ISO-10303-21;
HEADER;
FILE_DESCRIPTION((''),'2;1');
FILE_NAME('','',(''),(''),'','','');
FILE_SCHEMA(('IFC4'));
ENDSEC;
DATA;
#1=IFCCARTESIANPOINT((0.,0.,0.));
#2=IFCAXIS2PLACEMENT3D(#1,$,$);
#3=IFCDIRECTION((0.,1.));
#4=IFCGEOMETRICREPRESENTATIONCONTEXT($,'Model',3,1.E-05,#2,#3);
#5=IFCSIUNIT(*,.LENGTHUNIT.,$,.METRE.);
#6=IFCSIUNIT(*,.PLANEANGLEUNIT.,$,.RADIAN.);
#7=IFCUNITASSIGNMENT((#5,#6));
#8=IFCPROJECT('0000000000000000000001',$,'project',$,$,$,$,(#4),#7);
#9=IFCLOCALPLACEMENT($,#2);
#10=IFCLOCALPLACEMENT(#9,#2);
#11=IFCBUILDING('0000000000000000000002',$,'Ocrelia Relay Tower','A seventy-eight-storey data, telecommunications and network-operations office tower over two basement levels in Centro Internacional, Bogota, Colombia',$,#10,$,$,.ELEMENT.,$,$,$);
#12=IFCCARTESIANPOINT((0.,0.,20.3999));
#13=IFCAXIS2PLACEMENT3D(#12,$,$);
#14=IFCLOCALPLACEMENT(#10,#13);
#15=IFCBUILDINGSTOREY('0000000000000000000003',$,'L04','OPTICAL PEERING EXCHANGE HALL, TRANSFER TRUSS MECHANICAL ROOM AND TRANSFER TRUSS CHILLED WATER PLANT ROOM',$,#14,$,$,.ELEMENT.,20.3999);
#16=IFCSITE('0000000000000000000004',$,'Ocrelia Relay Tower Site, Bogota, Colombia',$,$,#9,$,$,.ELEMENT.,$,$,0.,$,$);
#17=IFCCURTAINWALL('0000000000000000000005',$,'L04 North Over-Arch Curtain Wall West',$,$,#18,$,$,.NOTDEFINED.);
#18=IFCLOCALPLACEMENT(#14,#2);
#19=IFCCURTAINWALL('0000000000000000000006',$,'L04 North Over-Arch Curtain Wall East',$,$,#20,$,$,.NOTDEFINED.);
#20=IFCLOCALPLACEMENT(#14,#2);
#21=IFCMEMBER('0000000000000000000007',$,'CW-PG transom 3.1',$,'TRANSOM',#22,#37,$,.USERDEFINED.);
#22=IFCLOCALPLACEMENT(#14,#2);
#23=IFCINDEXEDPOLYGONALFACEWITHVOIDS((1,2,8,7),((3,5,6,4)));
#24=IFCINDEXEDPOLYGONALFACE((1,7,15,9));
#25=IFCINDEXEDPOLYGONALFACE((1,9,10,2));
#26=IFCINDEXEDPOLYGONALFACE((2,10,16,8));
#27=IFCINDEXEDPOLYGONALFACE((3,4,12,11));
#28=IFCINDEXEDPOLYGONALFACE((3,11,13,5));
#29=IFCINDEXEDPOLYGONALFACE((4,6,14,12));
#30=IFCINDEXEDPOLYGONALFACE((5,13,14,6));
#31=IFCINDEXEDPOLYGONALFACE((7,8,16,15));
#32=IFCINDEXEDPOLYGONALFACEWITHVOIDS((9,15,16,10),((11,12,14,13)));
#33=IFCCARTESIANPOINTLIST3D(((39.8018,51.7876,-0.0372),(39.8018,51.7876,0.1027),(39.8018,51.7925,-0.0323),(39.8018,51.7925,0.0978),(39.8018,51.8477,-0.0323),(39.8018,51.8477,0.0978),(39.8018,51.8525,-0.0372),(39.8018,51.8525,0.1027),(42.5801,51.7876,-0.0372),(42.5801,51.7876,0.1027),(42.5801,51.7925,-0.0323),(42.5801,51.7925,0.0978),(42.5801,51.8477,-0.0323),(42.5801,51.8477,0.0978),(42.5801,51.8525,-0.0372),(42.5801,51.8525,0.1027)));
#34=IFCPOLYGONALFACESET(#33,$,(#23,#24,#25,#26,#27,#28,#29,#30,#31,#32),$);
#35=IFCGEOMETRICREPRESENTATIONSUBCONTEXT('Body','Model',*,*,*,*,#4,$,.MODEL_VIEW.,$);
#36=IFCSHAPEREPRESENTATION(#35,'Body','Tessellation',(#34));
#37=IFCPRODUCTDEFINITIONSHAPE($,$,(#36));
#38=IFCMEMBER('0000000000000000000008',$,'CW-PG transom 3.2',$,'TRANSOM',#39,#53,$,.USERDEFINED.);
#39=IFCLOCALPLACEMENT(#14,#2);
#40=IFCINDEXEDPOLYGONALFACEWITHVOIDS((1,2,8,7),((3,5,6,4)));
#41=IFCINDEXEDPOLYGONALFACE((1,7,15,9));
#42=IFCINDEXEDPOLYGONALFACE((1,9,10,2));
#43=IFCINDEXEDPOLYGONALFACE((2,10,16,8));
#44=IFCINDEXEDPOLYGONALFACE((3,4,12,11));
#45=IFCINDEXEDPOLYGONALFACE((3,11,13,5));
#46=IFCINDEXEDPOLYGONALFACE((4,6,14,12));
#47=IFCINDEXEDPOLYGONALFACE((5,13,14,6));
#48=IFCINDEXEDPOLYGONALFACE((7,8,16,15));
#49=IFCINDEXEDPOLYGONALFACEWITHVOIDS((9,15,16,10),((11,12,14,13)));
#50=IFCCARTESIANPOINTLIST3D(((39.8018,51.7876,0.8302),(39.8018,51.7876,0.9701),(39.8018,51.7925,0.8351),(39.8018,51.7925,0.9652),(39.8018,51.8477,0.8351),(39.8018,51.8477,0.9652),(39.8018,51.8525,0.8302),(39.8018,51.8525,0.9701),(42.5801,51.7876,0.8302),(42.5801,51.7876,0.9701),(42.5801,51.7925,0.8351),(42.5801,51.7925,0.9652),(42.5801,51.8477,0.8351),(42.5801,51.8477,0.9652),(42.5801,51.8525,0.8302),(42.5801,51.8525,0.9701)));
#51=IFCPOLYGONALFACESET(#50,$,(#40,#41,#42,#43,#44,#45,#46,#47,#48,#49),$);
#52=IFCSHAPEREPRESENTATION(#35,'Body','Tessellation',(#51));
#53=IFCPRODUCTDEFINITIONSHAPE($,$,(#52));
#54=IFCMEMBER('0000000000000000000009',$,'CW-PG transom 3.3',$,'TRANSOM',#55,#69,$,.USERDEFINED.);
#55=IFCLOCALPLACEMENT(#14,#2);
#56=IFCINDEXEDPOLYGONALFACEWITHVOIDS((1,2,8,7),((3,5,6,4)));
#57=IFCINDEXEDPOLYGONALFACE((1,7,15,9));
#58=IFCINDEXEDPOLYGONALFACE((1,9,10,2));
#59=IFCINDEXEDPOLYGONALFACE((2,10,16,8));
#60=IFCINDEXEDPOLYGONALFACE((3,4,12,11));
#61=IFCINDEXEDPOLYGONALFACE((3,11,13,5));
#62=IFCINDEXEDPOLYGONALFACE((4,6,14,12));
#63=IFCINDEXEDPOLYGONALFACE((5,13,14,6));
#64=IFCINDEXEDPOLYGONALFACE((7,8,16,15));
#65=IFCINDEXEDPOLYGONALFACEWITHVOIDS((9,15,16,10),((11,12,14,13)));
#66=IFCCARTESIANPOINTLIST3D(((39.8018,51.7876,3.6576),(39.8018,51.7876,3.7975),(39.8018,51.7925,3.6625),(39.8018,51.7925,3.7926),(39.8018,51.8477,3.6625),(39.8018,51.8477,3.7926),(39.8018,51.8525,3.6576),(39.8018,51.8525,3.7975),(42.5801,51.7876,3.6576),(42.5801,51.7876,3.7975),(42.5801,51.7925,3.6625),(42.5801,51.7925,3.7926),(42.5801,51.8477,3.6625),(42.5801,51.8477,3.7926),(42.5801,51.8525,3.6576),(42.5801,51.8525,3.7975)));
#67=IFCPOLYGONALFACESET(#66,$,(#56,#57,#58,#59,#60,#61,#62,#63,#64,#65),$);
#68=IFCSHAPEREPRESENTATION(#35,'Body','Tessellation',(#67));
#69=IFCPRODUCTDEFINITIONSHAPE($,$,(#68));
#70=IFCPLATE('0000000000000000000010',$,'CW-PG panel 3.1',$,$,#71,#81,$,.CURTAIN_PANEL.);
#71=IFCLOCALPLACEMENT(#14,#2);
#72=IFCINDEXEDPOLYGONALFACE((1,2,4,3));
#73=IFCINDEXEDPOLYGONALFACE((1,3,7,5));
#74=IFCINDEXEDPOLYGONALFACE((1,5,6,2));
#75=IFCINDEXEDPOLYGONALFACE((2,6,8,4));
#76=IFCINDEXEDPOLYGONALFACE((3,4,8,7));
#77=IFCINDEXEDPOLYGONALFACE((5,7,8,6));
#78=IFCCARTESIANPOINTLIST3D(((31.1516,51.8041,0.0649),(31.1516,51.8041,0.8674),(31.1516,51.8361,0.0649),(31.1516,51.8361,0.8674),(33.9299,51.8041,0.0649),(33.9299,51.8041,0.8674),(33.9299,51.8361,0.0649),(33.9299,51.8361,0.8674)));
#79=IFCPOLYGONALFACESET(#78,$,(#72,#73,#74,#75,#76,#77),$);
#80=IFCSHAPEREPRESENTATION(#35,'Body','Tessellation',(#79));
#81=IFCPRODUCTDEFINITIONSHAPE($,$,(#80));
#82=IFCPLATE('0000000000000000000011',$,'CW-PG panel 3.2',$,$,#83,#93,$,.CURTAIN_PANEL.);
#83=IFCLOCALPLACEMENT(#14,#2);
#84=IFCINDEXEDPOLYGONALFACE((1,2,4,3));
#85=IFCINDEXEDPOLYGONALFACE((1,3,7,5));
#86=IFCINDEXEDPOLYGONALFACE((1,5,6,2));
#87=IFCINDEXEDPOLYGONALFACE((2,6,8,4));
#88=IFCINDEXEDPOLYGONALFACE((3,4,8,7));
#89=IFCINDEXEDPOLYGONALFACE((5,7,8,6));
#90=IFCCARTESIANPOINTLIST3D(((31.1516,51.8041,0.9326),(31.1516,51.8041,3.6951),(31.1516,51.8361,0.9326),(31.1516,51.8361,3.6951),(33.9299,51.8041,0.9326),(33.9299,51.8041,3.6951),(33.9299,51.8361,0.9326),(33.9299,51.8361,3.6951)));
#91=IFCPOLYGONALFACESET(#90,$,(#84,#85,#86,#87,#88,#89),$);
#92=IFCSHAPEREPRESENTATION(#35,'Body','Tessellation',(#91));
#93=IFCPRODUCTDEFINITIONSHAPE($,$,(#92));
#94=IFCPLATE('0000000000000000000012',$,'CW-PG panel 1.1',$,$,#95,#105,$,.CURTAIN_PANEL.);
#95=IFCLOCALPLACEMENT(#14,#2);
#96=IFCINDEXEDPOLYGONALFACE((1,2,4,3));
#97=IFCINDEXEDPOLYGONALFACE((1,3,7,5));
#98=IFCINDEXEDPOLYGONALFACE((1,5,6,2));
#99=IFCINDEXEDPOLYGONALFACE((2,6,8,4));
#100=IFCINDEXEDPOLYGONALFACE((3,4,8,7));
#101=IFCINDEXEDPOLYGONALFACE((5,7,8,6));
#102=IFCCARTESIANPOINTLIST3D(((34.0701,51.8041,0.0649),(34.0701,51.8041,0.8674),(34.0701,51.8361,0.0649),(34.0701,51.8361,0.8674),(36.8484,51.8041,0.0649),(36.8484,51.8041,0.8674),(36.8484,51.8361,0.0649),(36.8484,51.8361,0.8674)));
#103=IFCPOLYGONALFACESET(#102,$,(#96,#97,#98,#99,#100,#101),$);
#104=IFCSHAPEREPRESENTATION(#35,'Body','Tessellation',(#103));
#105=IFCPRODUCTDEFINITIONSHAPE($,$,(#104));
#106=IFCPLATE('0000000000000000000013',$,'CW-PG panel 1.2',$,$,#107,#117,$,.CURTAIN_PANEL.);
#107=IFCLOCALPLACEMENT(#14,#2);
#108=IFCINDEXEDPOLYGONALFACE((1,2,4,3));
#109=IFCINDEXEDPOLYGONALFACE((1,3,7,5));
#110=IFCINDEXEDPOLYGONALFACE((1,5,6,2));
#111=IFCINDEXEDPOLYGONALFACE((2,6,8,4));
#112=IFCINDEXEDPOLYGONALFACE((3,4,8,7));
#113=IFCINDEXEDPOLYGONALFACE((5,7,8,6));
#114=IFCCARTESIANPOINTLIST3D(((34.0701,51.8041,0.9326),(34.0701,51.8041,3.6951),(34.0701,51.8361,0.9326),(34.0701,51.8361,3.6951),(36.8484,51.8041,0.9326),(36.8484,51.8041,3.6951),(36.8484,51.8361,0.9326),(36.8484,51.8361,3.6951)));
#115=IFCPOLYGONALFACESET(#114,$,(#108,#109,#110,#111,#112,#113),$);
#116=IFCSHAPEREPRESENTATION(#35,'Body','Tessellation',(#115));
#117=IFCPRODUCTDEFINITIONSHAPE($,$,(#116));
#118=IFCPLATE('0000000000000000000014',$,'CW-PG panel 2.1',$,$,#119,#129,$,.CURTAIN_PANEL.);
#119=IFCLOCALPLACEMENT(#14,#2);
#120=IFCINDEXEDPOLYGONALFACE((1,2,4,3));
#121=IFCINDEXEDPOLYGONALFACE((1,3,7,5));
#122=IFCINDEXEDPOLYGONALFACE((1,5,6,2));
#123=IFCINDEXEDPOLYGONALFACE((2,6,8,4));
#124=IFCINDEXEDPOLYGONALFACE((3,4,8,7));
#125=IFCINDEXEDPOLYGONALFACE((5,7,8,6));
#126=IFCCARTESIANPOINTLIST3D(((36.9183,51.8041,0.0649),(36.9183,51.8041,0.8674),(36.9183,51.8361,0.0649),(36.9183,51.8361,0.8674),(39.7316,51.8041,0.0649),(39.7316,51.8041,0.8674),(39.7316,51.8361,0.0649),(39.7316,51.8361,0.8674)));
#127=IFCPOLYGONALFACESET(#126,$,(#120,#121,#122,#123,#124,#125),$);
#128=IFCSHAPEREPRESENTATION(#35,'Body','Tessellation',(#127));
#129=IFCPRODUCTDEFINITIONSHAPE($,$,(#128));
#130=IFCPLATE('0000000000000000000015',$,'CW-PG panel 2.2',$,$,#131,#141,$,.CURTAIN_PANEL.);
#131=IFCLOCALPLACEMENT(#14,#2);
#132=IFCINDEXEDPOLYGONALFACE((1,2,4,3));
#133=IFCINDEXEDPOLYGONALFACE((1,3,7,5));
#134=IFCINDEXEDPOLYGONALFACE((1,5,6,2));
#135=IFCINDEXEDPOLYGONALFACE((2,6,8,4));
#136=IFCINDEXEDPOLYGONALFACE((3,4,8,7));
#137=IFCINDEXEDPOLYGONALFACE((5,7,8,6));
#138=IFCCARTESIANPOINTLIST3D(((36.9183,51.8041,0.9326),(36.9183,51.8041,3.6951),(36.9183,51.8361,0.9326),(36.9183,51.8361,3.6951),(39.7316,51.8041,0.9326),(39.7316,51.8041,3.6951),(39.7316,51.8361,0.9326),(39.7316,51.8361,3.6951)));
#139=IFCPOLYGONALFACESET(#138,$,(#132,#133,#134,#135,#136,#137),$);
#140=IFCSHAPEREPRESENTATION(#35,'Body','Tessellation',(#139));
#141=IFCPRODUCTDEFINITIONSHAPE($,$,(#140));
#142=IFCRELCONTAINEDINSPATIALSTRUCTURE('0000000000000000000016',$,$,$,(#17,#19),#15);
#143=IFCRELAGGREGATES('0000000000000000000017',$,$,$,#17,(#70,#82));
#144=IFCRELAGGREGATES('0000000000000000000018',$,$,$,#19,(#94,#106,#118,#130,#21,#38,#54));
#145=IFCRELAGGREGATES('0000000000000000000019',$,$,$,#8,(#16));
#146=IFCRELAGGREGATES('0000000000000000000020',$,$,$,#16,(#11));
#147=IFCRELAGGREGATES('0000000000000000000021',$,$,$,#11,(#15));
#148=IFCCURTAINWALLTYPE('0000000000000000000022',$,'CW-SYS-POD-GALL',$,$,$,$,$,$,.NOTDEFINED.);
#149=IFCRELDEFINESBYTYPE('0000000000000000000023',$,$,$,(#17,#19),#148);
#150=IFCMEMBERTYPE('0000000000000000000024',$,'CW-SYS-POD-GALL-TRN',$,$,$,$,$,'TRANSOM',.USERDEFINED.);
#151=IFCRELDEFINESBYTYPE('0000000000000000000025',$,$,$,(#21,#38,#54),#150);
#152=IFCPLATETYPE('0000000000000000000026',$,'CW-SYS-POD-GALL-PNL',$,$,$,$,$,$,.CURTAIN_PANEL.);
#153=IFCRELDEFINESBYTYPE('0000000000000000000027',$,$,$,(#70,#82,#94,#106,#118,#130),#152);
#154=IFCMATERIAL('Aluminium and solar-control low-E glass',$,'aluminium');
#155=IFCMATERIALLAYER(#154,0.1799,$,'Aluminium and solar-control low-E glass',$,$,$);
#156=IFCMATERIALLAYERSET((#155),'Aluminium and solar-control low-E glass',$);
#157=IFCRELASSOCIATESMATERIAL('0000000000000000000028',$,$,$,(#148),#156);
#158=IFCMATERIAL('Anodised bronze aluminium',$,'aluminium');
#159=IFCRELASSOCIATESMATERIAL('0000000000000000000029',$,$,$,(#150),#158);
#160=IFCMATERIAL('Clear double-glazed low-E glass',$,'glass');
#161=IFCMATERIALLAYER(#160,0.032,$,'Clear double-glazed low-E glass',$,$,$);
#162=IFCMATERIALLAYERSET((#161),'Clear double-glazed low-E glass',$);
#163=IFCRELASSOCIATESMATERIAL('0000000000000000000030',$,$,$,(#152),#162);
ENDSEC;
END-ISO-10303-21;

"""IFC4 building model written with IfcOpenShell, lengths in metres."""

from ifc_helpers import new_model, si_unit, direction, frame, origin, origin_2d, place, context, subcontext, project, spatial, rectangle, hollow_rectangle, extrude, material, layer, layer_set, material_profile, profile_set, type_object, element, aggregate, save


model = new_model("IFC4")

# Units and contexts
model_context = context("Model", 3, precision=1e-05, world=origin(), true_north=direction((0.0, 1.0)))
body_context = subcontext(model_context, "Body", "Model", "MODEL_VIEW")
ifc_project = project(units=[si_unit("LENGTHUNIT", "METRE"), si_unit("PLANEANGLEUNIT", "RADIAN")], contexts=[model_context])

# Site, building, storey
site_placement = place(None, origin())
site = spatial("IfcSite", under=ifc_project, at=site_placement, Name="Ocrelia Relay Tower Site, Bogota, Colombia", CompositionType="ELEMENT", RefElevation=0.0)
building_placement = place(site_placement, origin())
building = spatial("IfcBuilding", under=site, at=building_placement, Name="Ocrelia Relay Tower", Description="A seventy-eight-storey data, telecommunications and network-operations office tower over two basement levels in Centro Internacional, Bogota, Colombia", CompositionType="ELEMENT")
storey_placement = place(building_placement, frame((0.0, 0.0, 20.3999)))
storey = spatial("IfcBuildingStorey", under=building, at=storey_placement, Name="L04", Description="OPTICAL PEERING EXCHANGE HALL, TRANSFER TRUSS MECHANICAL ROOM AND TRANSFER TRUSS CHILLED WATER PLANT ROOM", CompositionType="ELEMENT", Elevation=20.3999)

# Curtain wall
ifc_material_1 = material(Name="Aluminium and solar-control low-E glass", Category="aluminium")
ifc_layer_1 = layer(ifc_material_1, 0.1799, Name="Aluminium and solar-control low-E glass")
ifc_layer_set_1 = layer_set([ifc_layer_1], Name="Aluminium and solar-control low-E glass")
curtain_wall_type = type_object("IfcCurtainWallType", Name="CW-SYS-POD-GALL", PredefinedType="NOTDEFINED", material=ifc_layer_set_1)
curtain_wall_1_placement = place(storey_placement, origin())
curtain_wall_1 = element("IfcCurtainWall", 1, at=curtain_wall_1_placement, inside=storey, type_object=curtain_wall_type, Name="L04 North Over-Arch Curtain Wall West", PredefinedType="NOTDEFINED")
ifc_material_2 = material(Name="Anodised bronze aluminium", Category="aluminium")

# Curtain wall
curtain_wall_2_placement = place(storey_placement, origin())
curtain_wall_2 = element("IfcCurtainWall", 2, at=curtain_wall_2_placement, inside=storey, type_object=curtain_wall_type, Name="L04 North Over-Arch Curtain Wall East", PredefinedType="NOTDEFINED")

# Members
ifc_material_profile_1 = material_profile(ifc_material_2, hollow_rectangle(XDim=0.0649, YDim=0.1399, WallThickness=0.0049, at=origin_2d()), Name="CW-TRN-140x65")
ifc_profile_set_1 = profile_set([ifc_material_profile_1], Name="Anodised bronze aluminium")
member_type_1 = type_object("IfcMemberType", Name="CW-SYS-POD-GALL-TRN", ElementType="TRANSOM", PredefinedType="USERDEFINED", material=ifc_profile_set_1)
member_1_placement = place(storey_placement, frame((39.8018, 51.8201, 0.0327), z_axis=(1.0, 0.0, 0.0), x_axis=(0.0, 1.0, 0.0)))
member_1 = element("IfcMember", 3, at=member_1_placement, type_object=member_type_1, Name="CW-PG transom 3.1", ObjectType="TRANSOM", PredefinedType="USERDEFINED", context=body_context, shape_type="SweptSolid", body=[
    extrude(hollow_rectangle(XDim=0.0649, YDim=0.1399, WallThickness=0.0049, at=origin_2d()), origin(), (0.0, 0.0, 1.0), 2.7783),
])
member_2_placement = place(storey_placement, frame((39.8018, 51.8201, 0.9001), z_axis=(1.0, 0.0, 0.0), x_axis=(0.0, 1.0, 0.0)))
member_2 = element("IfcMember", 4, at=member_2_placement, type_object=member_type_1, Name="CW-PG transom 3.2", ObjectType="TRANSOM", PredefinedType="USERDEFINED", context=body_context, shape_type="SweptSolid", body=[
    extrude(hollow_rectangle(XDim=0.0649, YDim=0.1399, WallThickness=0.0049, at=origin_2d()), origin(), (0.0, 0.0, 1.0), 2.7783),
])
member_3_placement = place(storey_placement, frame((39.8018, 51.8201, 3.7275), z_axis=(1.0, 0.0, 0.0), x_axis=(0.0, 1.0, 0.0)))
member_3 = element("IfcMember", 5, at=member_3_placement, type_object=member_type_1, Name="CW-PG transom 3.3", ObjectType="TRANSOM", PredefinedType="USERDEFINED", context=body_context, shape_type="SweptSolid", body=[
    extrude(hollow_rectangle(XDim=0.0649, YDim=0.1399, WallThickness=0.0049, at=origin_2d()), origin(), (0.0, 0.0, 1.0), 2.7783),
])

# Plates
ifc_material_3 = material(Name="Clear double-glazed low-E glass", Category="glass")
ifc_layer_2 = layer(ifc_material_3, 0.032, Name="Clear double-glazed low-E glass")
ifc_layer_set_2 = layer_set([ifc_layer_2], Name="Clear double-glazed low-E glass")
plate_type = type_object("IfcPlateType", Name="CW-SYS-POD-GALL-PNL", PredefinedType="CURTAIN_PANEL", material=ifc_layer_set_2)
plate_1_placement = place(storey_placement, frame((32.5408, 51.8201, 0.0649), z_axis=(0.0, 0.0, 1.0), x_axis=(1.0, 0.0, 0.0)))
plate_1 = element("IfcPlate", 6, at=plate_1_placement, type_object=plate_type, Name="CW-PG panel 3.1", PredefinedType="CURTAIN_PANEL", context=body_context, shape_type="SweptSolid", body=[
    extrude(rectangle(XDim=2.7783, YDim=0.032, at=origin_2d()), origin(), (0.0, 0.0, 1.0), 0.8025),
])
plate_2_placement = place(storey_placement, frame((32.5408, 51.8201, 0.9326), z_axis=(0.0, 0.0, 1.0), x_axis=(1.0, 0.0, 0.0)))
plate_2 = element("IfcPlate", 7, at=plate_2_placement, type_object=plate_type, Name="CW-PG panel 3.2", PredefinedType="CURTAIN_PANEL", context=body_context, shape_type="SweptSolid", body=[
    extrude(rectangle(XDim=2.7783, YDim=0.032, at=origin_2d()), origin(), (0.0, 0.0, 1.0), 2.7625),
])
aggregate(curtain_wall_1, [plate_1, plate_2])
plate_3_placement = place(storey_placement, frame((35.4592, 51.8201, 0.0649), z_axis=(0.0, 0.0, 1.0), x_axis=(1.0, 0.0, 0.0)))
plate_3 = element("IfcPlate", 8, at=plate_3_placement, type_object=plate_type, Name="CW-PG panel 1.1", PredefinedType="CURTAIN_PANEL", context=body_context, shape_type="SweptSolid", body=[
    extrude(rectangle(XDim=2.7783, YDim=0.032, at=origin_2d()), origin(), (0.0, 0.0, 1.0), 0.8025),
])
plate_4_placement = place(storey_placement, frame((35.4592, 51.8201, 0.9326), z_axis=(0.0, 0.0, 1.0), x_axis=(1.0, 0.0, 0.0)))
plate_4 = element("IfcPlate", 9, at=plate_4_placement, type_object=plate_type, Name="CW-PG panel 1.2", PredefinedType="CURTAIN_PANEL", context=body_context, shape_type="SweptSolid", body=[
    extrude(rectangle(XDim=2.7783, YDim=0.032, at=origin_2d()), origin(), (0.0, 0.0, 1.0), 2.7625),
])
plate_5_placement = place(storey_placement, frame((38.325, 51.8201, 0.0649), z_axis=(0.0, 0.0, 1.0), x_axis=(1.0, 0.0, 0.0)))
plate_5 = element("IfcPlate", 10, at=plate_5_placement, type_object=plate_type, Name="CW-PG panel 2.1", PredefinedType="CURTAIN_PANEL", context=body_context, shape_type="SweptSolid", body=[
    extrude(rectangle(XDim=2.8132, YDim=0.032, at=origin_2d()), origin(), (0.0, 0.0, 1.0), 0.8025),
])
plate_6_placement = place(storey_placement, frame((38.325, 51.8201, 0.9326), z_axis=(0.0, 0.0, 1.0), x_axis=(1.0, 0.0, 0.0)))
plate_6 = element("IfcPlate", 11, at=plate_6_placement, type_object=plate_type, Name="CW-PG panel 2.2", PredefinedType="CURTAIN_PANEL", context=body_context, shape_type="SweptSolid", body=[
    extrude(rectangle(XDim=2.8132, YDim=0.032, at=origin_2d()), origin(), (0.0, 0.0, 1.0), 2.7625),
])
aggregate(curtain_wall_2, [plate_3, plate_4, plate_5, plate_6, member_1, member_2, member_3])

save(model, "model.ifc")
